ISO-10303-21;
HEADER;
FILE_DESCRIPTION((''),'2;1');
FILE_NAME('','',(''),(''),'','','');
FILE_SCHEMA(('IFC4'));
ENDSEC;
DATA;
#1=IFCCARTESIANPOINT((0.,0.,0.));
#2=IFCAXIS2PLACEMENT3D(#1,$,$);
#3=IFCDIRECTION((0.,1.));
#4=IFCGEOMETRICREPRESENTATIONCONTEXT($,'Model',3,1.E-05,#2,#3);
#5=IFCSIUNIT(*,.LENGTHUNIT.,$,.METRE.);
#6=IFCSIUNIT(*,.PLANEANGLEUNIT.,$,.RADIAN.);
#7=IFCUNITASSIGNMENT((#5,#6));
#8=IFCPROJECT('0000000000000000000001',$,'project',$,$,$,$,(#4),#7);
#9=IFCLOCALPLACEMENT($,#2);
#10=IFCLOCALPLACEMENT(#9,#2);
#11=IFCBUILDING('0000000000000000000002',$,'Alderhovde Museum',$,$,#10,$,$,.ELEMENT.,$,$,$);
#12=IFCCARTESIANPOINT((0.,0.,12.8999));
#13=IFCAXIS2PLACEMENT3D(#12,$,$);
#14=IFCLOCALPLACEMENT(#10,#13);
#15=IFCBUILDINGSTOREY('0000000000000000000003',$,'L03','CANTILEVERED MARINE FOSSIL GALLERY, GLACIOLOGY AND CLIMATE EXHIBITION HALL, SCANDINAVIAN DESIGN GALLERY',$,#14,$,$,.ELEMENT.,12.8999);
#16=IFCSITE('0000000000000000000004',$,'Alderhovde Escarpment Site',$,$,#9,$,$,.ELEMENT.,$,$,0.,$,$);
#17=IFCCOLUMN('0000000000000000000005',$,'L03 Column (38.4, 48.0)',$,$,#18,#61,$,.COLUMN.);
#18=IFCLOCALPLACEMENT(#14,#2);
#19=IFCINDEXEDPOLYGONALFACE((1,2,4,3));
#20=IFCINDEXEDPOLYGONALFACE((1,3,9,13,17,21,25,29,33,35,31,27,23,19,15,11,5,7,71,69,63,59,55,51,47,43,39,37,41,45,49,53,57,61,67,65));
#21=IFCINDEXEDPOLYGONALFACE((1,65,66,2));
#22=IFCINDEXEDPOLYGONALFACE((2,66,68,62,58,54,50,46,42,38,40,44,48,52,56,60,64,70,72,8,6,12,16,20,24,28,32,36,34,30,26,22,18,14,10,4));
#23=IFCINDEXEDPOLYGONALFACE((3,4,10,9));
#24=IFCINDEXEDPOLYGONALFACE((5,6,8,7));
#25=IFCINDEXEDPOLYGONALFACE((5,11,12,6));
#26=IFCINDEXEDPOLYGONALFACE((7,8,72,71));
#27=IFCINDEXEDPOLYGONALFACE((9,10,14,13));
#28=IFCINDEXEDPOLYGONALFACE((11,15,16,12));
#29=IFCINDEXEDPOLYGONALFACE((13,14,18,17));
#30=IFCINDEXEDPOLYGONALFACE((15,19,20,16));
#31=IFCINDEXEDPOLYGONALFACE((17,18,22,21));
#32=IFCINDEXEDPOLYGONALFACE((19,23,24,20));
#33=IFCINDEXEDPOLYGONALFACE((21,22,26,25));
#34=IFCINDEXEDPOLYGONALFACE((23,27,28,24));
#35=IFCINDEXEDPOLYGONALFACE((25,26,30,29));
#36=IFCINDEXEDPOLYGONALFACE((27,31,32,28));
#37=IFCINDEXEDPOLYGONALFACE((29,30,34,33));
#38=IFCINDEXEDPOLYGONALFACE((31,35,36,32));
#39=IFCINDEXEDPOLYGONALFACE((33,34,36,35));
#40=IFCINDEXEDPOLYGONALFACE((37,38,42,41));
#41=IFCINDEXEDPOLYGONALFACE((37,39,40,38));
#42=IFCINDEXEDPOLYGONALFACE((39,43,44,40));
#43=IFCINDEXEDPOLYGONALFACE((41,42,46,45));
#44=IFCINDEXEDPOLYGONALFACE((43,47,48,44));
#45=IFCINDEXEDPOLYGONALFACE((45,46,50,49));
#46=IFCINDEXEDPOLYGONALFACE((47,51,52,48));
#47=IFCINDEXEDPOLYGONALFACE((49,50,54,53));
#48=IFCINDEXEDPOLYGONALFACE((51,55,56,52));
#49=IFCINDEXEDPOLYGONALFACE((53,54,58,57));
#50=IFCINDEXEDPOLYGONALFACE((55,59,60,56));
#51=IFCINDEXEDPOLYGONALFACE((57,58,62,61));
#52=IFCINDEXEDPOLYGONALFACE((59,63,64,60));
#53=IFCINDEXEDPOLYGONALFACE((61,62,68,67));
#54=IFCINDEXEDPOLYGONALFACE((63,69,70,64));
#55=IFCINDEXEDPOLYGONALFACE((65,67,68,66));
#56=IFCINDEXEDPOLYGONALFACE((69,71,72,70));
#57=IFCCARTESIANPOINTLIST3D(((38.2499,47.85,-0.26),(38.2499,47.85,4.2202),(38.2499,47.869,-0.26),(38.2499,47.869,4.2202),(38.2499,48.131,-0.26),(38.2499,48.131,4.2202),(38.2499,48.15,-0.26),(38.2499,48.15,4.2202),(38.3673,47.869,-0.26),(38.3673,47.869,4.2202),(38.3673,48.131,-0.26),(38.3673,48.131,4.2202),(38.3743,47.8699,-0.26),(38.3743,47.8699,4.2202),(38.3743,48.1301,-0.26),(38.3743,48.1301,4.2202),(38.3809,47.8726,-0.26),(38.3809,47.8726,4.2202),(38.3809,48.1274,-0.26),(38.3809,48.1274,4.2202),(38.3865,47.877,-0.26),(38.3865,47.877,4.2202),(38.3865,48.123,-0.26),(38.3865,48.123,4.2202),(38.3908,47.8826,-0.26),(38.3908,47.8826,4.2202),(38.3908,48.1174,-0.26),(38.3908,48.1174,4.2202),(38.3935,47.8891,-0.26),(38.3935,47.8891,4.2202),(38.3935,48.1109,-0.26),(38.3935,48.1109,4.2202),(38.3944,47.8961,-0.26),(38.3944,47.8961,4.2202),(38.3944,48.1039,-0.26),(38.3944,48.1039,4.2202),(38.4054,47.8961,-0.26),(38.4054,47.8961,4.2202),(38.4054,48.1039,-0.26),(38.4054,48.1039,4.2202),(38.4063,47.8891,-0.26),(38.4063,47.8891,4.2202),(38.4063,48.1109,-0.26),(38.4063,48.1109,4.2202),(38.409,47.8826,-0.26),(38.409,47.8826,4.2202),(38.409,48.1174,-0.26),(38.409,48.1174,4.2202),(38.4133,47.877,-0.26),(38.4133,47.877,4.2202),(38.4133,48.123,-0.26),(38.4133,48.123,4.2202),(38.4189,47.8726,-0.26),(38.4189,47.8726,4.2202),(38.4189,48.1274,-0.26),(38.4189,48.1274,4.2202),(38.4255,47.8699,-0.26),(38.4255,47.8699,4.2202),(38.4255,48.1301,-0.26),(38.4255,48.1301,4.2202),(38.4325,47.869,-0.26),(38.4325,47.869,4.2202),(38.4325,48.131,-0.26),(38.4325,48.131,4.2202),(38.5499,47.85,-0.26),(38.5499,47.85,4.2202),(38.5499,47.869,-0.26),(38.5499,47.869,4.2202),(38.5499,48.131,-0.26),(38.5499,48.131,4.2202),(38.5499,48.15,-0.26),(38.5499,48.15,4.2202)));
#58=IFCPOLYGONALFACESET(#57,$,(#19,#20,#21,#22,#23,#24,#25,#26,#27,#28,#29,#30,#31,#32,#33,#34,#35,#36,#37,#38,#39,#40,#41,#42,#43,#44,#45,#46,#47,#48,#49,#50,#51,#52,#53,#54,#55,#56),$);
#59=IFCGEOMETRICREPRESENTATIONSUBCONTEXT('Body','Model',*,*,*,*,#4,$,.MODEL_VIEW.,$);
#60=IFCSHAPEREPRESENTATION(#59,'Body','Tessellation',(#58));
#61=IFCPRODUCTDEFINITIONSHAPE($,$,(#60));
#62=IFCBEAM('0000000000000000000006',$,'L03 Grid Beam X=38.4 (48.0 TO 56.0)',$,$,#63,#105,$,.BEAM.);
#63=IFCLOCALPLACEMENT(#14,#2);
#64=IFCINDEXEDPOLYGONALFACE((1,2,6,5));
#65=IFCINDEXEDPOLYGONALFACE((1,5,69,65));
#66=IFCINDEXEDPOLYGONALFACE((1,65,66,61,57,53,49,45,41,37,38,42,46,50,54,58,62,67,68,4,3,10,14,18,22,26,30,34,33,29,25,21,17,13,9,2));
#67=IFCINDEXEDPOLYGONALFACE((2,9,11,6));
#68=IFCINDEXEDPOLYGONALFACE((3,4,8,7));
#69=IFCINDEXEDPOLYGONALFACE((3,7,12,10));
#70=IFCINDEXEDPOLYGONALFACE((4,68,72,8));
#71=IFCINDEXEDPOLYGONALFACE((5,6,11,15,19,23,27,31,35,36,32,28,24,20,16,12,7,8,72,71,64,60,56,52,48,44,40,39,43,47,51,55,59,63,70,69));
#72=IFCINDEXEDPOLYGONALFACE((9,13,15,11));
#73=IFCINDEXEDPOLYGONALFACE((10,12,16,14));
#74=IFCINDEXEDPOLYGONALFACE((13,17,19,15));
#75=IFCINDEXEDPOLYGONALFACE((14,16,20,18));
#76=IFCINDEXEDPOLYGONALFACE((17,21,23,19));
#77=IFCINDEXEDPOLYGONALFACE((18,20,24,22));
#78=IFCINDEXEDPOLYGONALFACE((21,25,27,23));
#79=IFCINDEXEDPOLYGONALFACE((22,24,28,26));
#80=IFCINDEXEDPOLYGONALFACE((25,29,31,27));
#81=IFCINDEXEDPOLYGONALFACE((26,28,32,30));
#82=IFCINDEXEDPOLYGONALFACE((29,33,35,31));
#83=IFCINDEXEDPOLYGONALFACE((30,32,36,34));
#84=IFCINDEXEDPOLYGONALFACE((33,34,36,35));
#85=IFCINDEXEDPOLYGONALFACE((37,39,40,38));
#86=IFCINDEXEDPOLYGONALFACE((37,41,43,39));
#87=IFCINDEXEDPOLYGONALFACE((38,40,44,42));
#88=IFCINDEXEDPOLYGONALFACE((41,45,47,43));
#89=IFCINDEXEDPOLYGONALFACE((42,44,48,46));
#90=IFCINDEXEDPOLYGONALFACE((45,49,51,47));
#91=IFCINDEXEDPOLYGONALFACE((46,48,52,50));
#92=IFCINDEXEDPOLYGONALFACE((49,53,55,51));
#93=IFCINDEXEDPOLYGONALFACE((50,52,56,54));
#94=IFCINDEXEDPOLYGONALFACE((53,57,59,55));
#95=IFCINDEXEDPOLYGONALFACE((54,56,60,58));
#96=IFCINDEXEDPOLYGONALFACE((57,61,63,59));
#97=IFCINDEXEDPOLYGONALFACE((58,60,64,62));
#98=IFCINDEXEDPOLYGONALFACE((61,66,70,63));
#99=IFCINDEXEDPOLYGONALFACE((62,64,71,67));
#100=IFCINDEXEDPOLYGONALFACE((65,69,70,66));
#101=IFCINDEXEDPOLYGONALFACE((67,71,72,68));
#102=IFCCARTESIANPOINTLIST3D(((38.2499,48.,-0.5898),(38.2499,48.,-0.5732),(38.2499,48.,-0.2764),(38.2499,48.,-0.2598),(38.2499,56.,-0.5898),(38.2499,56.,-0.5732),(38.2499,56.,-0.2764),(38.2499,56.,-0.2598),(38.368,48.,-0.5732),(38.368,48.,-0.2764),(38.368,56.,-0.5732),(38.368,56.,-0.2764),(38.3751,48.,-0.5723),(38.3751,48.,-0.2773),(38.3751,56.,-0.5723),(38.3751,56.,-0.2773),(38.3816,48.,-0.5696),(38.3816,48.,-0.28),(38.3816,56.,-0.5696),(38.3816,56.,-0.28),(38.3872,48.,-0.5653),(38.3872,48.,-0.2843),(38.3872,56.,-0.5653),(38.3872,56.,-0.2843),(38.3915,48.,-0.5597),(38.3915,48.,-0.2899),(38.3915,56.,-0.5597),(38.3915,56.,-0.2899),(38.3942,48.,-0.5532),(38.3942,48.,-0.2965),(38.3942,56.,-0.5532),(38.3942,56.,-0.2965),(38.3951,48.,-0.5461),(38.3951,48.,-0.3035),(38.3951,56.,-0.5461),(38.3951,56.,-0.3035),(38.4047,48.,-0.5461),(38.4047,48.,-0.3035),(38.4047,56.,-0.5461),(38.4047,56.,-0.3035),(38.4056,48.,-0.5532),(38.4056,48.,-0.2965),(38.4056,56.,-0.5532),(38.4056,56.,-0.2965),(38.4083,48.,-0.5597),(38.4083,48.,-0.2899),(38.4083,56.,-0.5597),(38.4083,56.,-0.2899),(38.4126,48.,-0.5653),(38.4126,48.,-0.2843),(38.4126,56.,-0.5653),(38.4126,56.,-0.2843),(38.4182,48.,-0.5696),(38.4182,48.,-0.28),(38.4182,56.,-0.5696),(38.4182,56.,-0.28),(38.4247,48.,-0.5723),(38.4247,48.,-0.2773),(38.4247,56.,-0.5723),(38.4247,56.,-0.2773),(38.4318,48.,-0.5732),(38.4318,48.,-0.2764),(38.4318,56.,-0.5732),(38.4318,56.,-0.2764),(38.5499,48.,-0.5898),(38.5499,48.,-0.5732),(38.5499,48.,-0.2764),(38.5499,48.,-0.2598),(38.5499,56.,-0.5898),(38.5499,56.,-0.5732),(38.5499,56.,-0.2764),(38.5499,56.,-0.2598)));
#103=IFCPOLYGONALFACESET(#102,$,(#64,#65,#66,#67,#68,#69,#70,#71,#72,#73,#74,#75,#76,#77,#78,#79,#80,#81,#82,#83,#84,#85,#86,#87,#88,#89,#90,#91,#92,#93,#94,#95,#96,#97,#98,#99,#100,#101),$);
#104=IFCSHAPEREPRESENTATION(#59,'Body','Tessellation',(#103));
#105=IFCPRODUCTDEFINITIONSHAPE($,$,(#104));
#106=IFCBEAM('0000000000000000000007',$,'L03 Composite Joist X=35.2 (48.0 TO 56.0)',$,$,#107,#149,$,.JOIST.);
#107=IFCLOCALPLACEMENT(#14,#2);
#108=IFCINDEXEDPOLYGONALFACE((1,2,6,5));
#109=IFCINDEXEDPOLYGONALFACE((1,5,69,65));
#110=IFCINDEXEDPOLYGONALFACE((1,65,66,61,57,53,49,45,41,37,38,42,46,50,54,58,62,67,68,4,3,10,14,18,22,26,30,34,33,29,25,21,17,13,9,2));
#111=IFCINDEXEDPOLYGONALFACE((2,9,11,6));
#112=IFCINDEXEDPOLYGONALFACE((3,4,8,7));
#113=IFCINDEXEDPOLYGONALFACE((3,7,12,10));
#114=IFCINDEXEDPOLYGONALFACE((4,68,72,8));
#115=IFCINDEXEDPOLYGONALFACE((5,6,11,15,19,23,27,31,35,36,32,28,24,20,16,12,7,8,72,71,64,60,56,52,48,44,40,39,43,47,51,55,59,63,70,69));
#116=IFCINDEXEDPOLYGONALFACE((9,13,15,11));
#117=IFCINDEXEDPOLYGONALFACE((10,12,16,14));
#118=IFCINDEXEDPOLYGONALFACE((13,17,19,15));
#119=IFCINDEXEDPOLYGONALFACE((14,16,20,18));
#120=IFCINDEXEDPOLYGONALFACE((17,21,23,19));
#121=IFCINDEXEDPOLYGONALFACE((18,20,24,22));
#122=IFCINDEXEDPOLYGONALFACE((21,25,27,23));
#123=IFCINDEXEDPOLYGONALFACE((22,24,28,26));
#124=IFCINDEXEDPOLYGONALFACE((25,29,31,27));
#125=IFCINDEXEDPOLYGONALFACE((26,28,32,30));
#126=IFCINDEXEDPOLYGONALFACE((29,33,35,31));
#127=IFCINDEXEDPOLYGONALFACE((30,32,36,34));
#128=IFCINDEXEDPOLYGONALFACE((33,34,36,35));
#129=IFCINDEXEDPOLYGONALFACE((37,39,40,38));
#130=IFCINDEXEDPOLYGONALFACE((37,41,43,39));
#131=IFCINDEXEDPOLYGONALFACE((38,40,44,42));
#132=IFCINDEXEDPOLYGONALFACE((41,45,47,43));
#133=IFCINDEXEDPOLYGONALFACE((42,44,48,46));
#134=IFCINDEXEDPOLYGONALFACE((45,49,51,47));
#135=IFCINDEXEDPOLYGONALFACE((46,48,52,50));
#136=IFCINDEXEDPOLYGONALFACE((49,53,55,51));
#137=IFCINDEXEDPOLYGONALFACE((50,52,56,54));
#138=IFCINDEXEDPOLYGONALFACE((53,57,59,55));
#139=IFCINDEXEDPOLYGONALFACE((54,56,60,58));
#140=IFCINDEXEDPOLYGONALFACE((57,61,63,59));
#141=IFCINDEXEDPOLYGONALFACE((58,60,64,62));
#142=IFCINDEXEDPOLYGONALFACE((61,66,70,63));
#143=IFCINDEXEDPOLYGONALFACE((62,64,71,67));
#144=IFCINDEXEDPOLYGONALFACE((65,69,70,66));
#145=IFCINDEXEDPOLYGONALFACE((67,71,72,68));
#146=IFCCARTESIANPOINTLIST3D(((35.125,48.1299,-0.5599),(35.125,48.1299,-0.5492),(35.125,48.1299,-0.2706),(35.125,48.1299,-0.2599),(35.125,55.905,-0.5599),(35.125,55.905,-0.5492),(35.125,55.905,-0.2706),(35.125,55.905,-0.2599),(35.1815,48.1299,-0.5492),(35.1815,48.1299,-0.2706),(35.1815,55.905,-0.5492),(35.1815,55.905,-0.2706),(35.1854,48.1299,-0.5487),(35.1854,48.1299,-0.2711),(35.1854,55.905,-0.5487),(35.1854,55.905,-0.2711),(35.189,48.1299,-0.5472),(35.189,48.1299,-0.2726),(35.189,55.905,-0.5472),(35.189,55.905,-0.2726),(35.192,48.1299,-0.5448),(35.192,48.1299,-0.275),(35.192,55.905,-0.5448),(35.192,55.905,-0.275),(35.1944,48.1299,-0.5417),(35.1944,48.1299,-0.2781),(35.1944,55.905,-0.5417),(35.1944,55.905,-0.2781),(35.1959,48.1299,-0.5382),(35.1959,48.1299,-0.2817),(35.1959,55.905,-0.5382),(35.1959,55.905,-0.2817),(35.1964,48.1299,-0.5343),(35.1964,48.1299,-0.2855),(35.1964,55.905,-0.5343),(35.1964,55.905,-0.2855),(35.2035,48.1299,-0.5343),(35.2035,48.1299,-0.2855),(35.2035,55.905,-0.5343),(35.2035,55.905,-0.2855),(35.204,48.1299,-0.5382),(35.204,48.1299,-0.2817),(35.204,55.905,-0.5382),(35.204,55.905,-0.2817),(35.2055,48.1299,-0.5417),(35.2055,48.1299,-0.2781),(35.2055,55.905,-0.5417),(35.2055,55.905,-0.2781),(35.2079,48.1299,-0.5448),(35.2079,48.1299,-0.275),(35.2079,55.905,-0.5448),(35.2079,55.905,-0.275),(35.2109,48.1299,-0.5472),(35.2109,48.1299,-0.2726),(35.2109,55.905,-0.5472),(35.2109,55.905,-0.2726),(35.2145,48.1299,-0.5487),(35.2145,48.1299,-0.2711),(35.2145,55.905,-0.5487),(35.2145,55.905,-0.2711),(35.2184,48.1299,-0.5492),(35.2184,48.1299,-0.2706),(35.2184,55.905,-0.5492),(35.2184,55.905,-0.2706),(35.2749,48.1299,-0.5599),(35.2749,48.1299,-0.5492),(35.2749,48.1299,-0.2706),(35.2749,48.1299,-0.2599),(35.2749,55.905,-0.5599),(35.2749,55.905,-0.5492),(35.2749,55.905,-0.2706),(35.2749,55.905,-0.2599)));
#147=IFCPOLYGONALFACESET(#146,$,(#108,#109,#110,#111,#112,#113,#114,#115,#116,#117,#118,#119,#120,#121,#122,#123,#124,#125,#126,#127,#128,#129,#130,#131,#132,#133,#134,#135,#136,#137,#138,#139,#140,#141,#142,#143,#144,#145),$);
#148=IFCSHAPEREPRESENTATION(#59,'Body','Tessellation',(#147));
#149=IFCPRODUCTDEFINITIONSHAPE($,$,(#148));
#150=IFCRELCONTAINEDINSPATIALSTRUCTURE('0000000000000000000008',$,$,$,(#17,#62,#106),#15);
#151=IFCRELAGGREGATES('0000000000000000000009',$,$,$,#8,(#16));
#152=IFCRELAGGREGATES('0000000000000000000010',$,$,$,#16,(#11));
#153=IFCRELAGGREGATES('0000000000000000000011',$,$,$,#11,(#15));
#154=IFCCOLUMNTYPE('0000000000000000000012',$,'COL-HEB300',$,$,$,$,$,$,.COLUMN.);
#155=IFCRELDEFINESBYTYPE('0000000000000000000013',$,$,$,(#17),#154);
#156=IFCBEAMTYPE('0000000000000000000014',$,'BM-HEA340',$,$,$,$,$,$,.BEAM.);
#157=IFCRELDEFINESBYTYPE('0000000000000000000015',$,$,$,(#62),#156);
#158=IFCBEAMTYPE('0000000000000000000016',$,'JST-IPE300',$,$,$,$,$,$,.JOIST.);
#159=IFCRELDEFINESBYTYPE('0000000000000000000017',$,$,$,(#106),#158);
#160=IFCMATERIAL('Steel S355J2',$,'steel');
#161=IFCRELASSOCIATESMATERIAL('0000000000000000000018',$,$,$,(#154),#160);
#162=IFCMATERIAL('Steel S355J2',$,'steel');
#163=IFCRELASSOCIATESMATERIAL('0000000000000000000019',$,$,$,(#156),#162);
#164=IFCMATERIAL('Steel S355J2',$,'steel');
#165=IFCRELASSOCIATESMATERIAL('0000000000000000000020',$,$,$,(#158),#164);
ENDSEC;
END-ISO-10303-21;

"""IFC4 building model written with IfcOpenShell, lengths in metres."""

from ifc_helpers import new_model, si_unit, direction, frame, origin, origin_2d, place, context, subcontext, project, spatial, i_section, extrude, material, material_profile, profile_set, type_object, element, save


model = new_model("IFC4")

# Units and contexts
model_context = context("Model", 3, precision=1e-05, world=origin(), true_north=direction((0.0, 1.0)))
body_context = subcontext(model_context, "Body", "Model", "MODEL_VIEW")
ifc_project = project(units=[si_unit("LENGTHUNIT", "METRE"), si_unit("PLANEANGLEUNIT", "RADIAN")], contexts=[model_context])

# Site, building, storey
site_placement = place(None, origin())
site = spatial("IfcSite", under=ifc_project, at=site_placement, Name="Alderhovde Escarpment Site", CompositionType="ELEMENT", RefElevation=0.0)
building_placement = place(site_placement, origin())
building = spatial("IfcBuilding", under=site, at=building_placement, Name="Alderhovde Museum", CompositionType="ELEMENT")
storey_placement = place(building_placement, frame((0.0, 0.0, 12.8999)))
storey = spatial("IfcBuildingStorey", under=building, at=storey_placement, Name="L03", Description="CANTILEVERED MARINE FOSSIL GALLERY, GLACIOLOGY AND CLIMATE EXHIBITION HALL, SCANDINAVIAN DESIGN GALLERY", CompositionType="ELEMENT", Elevation=12.8999)

# Column
ifc_material_1 = material(Name="Steel S355J2", Category="steel")
ifc_material_profile_1 = material_profile(ifc_material_1, i_section(OverallWidth=0.3, OverallDepth=0.3, WebThickness=0.011, FlangeThickness=0.019, FilletRadius=0.0271, at=origin_2d()), Name="HEB 300")
ifc_profile_set_1 = profile_set([ifc_material_profile_1], Name="Steel S355J2")
column_type = type_object("IfcColumnType", Name="COL-HEB300", PredefinedType="COLUMN", material=ifc_profile_set_1)
column_placement = place(storey_placement, frame((38.3999, 48.0, -0.26), z_axis=(0.0, 0.0, 1.0), x_axis=(1.0, 0.0, 0.0)))
element("IfcColumn", 1, at=column_placement, inside=storey, type_object=column_type, Name="L03 Column (38.4, 48.0)", PredefinedType="COLUMN", context=body_context, shape_type="SweptSolid", body=[
    extrude(i_section(OverallWidth=0.3, OverallDepth=0.3, WebThickness=0.011, FlangeThickness=0.019, FilletRadius=0.0271, at=origin_2d()), origin(), (0.0, 0.0, 1.0), 4.4802),
])

# Beams
ifc_material_2 = material(Name="Steel S355J2", Category="steel")
ifc_material_profile_2 = material_profile(ifc_material_2, i_section(OverallWidth=0.3, OverallDepth=0.3301, WebThickness=0.0095, FlangeThickness=0.0166, FilletRadius=0.0271, at=origin_2d()), Name="HEA 340")
ifc_profile_set_2 = profile_set([ifc_material_profile_2], Name="Steel S355J2")
beam_type_1 = type_object("IfcBeamType", Name="BM-HEA340", PredefinedType="BEAM", material=ifc_profile_set_2)
beam_1_placement = place(storey_placement, frame((38.3999, 48.0, -0.4248), z_axis=(0.0, 1.0, 0.0), x_axis=(-1.0, 0.0, 0.0)))
element("IfcBeam", 2, at=beam_1_placement, inside=storey, type_object=beam_type_1, Name="L03 Grid Beam X=38.4 (48.0 TO 56.0)", PredefinedType="BEAM", context=body_context, shape_type="SweptSolid", body=[
    extrude(i_section(OverallWidth=0.3, OverallDepth=0.3301, WebThickness=0.0095, FlangeThickness=0.0166, FilletRadius=0.0271, at=origin_2d()), origin(), (0.0, 0.0, 1.0), 8.0),
])
ifc_material_3 = material(Name="Steel S355J2", Category="steel")
ifc_material_profile_3 = material_profile(ifc_material_3, i_section(OverallWidth=0.1499, OverallDepth=0.3, WebThickness=0.0071, FlangeThickness=0.0107, FilletRadius=0.0149, at=origin_2d()), Name="IPE 300")
ifc_profile_set_3 = profile_set([ifc_material_profile_3], Name="Steel S355J2")
beam_type_2 = type_object("IfcBeamType", Name="JST-IPE300", PredefinedType="JOIST", material=ifc_profile_set_3)
beam_2_placement = place(storey_placement, frame((35.2, 48.1299, -0.4099), z_axis=(0.0, 1.0, 0.0), x_axis=(-1.0, 0.0, 0.0)))
element("IfcBeam", 3, at=beam_2_placement, inside=storey, type_object=beam_type_2, Name="L03 Composite Joist X=35.2 (48.0 TO 56.0)", PredefinedType="JOIST", context=body_context, shape_type="SweptSolid", body=[
    extrude(i_section(OverallWidth=0.1499, OverallDepth=0.3, WebThickness=0.0071, FlangeThickness=0.0107, FilletRadius=0.0149, at=origin_2d()), origin(), (0.0, 0.0, 1.0), 7.7751),
])

save(model, "model.ifc")
